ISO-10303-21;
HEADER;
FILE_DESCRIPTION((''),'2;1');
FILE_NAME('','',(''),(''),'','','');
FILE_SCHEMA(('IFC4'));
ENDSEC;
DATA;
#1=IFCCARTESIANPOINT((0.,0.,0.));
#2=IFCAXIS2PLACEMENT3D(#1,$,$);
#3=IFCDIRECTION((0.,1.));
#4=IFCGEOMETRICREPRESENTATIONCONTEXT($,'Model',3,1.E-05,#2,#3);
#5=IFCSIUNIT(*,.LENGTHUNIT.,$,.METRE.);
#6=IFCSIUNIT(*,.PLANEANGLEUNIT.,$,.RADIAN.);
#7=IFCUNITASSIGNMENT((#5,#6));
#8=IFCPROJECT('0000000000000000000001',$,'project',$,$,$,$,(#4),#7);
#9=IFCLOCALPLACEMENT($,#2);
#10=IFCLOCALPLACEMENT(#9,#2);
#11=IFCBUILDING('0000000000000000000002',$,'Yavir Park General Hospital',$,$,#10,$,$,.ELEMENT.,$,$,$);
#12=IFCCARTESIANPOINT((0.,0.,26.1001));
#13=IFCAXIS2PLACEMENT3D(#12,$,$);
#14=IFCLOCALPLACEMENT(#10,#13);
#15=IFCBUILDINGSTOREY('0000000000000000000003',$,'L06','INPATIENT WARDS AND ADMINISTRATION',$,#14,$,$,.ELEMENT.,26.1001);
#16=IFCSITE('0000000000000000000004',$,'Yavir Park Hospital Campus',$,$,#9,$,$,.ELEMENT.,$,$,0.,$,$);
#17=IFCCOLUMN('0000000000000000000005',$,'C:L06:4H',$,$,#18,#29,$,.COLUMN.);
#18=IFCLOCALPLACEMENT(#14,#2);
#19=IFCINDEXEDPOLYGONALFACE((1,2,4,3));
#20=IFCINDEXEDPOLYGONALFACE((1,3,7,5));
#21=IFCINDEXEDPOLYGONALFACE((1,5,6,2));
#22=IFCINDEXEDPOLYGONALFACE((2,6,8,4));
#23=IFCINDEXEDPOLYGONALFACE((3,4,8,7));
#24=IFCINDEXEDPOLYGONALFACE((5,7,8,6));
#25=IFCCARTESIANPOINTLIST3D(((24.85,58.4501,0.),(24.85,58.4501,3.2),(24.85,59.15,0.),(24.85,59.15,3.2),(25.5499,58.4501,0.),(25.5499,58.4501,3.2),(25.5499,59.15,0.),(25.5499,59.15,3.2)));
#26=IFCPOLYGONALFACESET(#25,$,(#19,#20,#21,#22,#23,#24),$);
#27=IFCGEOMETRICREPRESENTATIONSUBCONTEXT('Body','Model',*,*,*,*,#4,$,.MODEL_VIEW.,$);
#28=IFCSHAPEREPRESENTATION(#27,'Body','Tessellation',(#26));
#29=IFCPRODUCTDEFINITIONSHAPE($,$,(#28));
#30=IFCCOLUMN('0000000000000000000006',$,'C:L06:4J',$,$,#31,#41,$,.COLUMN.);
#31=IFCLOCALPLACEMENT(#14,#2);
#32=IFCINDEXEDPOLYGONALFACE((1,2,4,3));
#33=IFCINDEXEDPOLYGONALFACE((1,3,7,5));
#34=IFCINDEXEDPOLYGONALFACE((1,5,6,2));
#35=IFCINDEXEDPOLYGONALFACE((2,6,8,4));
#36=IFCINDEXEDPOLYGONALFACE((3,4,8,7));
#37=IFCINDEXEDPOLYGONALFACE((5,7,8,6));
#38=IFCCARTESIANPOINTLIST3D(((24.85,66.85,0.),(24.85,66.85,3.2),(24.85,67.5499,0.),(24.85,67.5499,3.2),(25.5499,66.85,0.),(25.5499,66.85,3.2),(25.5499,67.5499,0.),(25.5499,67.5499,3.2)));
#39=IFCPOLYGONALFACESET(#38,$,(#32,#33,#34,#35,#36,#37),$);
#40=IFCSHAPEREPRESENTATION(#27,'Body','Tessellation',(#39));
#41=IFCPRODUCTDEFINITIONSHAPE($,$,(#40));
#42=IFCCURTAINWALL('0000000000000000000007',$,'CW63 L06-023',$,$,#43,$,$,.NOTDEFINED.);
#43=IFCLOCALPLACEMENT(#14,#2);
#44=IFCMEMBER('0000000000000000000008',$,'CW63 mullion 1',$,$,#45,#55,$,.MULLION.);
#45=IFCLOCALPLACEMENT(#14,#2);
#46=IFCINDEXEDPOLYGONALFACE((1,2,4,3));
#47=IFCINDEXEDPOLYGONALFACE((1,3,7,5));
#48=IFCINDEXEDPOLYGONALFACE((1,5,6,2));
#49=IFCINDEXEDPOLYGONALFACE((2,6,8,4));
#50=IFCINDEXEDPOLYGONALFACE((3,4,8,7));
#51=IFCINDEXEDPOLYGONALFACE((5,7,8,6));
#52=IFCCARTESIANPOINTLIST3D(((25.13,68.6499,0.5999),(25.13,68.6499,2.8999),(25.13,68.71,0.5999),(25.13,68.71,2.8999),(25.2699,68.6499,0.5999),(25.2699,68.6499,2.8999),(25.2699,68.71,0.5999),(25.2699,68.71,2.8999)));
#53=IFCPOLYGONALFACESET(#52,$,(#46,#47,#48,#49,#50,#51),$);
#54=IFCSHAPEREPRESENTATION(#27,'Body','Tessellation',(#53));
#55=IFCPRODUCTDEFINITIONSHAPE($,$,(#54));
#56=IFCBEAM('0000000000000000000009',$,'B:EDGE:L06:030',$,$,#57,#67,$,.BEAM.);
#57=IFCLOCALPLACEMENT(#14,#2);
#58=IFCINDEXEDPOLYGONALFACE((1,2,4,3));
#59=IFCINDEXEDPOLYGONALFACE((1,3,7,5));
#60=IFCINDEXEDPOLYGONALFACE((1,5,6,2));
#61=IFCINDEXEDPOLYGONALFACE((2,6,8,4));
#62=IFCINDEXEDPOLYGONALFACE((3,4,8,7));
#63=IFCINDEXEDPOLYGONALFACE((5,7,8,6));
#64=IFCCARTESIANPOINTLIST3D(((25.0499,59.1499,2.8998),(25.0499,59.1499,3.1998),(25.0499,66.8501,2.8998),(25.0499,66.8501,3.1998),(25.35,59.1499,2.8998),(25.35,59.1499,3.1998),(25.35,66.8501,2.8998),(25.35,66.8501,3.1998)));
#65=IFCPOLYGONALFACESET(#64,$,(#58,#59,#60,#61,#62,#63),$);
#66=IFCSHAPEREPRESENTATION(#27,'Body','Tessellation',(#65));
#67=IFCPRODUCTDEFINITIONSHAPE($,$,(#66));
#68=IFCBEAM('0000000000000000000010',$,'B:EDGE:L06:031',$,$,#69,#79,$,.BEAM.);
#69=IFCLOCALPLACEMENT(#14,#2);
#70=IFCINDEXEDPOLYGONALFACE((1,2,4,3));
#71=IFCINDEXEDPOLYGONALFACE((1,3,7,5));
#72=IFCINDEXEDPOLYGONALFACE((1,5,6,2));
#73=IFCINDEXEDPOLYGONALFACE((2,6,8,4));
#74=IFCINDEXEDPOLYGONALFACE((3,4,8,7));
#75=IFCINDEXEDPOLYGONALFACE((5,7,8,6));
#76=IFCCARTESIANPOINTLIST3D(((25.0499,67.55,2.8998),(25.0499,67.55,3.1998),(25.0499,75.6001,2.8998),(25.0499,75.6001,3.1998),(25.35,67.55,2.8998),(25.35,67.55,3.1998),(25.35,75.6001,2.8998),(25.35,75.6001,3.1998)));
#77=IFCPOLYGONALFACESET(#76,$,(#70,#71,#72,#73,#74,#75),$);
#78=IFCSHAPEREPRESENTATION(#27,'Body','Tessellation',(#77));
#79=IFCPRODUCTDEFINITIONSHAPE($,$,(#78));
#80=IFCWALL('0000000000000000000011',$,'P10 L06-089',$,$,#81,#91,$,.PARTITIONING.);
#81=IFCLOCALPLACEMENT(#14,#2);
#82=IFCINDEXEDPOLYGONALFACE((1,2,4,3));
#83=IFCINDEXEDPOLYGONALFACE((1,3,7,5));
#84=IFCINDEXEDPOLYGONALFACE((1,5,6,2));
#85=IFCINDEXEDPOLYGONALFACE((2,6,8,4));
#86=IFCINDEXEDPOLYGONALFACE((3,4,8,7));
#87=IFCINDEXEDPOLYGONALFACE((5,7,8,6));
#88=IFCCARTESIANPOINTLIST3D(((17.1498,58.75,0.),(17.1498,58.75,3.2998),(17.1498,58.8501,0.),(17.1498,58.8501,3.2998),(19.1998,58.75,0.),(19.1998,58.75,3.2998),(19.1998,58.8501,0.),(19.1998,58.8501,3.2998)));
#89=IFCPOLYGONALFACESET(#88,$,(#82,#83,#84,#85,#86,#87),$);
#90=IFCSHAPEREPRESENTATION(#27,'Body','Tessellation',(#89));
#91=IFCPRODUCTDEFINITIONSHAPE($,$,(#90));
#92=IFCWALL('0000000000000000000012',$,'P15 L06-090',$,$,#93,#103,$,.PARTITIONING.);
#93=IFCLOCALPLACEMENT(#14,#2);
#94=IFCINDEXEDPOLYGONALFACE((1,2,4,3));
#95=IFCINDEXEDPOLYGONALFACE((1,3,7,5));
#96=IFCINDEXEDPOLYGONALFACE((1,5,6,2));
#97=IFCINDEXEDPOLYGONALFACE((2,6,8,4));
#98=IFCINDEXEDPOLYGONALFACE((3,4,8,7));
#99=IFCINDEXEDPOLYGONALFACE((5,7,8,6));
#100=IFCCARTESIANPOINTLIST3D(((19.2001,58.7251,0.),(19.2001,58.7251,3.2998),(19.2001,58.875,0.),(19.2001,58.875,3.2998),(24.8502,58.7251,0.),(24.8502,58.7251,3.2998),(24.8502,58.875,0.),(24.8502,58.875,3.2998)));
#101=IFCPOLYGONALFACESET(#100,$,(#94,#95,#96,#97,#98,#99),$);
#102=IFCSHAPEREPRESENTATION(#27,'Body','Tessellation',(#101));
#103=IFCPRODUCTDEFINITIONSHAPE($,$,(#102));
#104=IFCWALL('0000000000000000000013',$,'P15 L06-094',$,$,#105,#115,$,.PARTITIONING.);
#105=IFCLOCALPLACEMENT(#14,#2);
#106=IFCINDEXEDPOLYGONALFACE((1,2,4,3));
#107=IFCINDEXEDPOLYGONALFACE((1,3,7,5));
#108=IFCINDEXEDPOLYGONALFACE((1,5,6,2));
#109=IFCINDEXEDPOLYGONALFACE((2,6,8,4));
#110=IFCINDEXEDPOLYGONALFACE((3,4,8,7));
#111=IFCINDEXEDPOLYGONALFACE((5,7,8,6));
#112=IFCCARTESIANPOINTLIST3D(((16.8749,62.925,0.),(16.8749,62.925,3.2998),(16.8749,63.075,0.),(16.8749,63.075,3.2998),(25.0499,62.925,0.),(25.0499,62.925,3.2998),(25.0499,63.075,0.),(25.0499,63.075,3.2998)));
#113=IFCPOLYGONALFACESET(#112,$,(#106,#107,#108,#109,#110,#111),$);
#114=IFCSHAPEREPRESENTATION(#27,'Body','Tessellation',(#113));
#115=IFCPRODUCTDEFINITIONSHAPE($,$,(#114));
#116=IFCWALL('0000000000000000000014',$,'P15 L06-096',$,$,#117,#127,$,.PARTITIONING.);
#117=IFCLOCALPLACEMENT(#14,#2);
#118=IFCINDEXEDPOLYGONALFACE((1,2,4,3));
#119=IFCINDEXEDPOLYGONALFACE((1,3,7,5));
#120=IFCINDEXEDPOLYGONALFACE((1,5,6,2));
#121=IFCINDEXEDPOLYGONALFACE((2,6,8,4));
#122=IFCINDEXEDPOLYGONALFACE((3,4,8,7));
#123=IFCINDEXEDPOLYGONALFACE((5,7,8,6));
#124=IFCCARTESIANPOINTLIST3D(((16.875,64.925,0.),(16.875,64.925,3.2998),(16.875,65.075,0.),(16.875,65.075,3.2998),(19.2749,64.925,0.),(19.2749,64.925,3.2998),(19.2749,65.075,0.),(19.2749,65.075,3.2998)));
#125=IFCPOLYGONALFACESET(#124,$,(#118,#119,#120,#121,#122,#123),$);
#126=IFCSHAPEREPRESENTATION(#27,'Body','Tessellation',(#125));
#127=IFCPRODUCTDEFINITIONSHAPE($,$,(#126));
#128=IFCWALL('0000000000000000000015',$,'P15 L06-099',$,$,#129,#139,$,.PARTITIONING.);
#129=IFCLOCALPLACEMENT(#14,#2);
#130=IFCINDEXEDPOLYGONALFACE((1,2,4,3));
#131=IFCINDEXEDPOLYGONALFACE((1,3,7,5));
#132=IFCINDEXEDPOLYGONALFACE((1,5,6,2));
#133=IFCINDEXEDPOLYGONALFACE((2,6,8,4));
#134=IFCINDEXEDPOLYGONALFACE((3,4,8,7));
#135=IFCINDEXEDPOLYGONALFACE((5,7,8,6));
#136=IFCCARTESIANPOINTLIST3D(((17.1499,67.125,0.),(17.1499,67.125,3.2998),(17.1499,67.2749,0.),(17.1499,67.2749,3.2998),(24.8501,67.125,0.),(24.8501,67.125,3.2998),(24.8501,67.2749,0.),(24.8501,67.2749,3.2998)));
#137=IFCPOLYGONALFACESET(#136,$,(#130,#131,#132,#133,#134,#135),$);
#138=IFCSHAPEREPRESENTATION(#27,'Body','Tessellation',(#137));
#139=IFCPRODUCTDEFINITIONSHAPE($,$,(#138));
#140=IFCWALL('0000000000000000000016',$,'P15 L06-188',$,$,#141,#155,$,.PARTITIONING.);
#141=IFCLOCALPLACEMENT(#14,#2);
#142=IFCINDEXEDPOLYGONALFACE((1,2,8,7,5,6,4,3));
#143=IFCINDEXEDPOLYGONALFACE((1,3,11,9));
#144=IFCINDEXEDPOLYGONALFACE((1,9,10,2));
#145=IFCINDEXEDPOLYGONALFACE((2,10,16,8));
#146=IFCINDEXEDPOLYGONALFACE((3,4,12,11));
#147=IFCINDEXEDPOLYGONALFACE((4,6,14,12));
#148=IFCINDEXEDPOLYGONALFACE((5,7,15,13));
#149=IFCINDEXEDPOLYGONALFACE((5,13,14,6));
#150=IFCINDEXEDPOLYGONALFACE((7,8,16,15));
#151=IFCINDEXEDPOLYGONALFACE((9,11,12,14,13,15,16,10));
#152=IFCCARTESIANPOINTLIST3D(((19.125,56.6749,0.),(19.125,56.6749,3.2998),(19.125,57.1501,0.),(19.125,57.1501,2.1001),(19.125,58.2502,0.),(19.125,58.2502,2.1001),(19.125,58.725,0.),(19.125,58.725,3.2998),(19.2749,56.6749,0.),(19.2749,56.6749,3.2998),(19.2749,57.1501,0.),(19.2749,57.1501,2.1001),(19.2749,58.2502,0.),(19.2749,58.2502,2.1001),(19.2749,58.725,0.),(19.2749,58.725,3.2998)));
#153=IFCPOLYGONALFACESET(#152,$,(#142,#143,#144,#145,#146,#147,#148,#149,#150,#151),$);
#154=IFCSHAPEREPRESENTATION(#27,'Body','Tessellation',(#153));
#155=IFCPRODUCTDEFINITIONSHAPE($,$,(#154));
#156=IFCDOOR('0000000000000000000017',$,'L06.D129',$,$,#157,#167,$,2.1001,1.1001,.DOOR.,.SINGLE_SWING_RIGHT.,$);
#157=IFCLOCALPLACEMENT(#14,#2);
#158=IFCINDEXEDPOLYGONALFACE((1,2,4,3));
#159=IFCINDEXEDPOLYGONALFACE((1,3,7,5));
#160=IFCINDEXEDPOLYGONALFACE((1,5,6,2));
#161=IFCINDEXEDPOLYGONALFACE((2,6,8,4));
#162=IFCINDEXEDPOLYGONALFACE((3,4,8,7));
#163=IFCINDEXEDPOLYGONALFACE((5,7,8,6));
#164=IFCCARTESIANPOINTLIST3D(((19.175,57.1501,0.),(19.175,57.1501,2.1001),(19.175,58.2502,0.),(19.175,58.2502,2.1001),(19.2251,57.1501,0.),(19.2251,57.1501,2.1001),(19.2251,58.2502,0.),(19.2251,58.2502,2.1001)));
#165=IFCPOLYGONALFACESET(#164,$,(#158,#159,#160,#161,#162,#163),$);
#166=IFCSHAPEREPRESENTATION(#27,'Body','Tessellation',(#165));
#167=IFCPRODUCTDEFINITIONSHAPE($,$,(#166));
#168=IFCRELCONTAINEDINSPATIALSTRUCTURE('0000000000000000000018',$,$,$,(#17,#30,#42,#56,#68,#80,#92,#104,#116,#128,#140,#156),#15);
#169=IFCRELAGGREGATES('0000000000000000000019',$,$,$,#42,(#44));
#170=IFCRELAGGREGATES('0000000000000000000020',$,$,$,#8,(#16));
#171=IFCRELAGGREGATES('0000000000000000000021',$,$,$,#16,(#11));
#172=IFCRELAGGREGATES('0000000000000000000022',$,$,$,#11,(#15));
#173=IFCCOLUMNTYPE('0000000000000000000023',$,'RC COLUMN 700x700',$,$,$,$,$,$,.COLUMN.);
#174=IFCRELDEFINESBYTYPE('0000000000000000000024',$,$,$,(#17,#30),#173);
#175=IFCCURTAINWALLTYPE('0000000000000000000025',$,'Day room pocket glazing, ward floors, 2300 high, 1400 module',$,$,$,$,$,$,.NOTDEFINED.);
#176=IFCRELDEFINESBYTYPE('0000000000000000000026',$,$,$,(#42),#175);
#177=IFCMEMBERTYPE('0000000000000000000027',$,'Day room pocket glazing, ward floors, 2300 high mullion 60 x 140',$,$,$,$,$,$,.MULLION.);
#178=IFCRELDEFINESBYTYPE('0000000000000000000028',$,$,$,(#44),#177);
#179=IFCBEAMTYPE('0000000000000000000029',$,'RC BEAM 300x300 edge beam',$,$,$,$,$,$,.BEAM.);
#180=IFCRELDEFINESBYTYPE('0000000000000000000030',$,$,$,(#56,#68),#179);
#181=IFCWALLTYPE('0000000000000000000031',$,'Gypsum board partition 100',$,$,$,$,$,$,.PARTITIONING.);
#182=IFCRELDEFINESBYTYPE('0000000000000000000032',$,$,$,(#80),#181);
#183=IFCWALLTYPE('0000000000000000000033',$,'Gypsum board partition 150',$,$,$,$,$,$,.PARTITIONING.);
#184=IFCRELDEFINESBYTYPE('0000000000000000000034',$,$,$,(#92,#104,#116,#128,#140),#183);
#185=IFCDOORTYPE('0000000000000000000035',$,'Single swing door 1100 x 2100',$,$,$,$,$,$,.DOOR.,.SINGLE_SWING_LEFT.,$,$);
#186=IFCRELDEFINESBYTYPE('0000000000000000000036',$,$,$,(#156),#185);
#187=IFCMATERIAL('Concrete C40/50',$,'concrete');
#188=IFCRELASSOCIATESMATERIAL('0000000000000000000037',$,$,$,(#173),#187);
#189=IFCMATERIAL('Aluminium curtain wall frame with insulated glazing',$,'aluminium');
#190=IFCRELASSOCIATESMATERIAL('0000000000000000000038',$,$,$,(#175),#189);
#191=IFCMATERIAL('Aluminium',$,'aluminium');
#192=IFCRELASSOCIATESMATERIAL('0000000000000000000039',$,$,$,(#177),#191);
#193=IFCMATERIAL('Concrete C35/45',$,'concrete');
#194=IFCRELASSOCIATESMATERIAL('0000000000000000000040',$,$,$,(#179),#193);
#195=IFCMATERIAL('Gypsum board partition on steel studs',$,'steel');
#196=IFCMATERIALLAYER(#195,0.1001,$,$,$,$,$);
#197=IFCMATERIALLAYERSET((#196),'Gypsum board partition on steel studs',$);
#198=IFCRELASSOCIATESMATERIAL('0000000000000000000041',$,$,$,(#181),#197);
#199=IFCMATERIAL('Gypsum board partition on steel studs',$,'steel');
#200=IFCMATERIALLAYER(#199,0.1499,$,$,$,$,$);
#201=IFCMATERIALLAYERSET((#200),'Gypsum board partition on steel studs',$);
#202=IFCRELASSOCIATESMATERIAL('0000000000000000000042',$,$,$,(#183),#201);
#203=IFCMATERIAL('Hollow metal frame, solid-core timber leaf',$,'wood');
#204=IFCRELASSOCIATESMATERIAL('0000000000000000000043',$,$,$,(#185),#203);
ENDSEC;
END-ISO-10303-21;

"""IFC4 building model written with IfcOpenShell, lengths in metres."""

from ifc_helpers import new_model, si_unit, direction, frame, frame_2d, origin, origin_2d, place, context, subcontext, project, spatial, rectangle, extrude, material, layer, layer_set, material_profile, profile_set, type_object, element, fill, aggregate, save


model = new_model("IFC4")

# Units and contexts
model_context = context("Model", 3, precision=1e-05, world=origin(), true_north=direction((0.0, 1.0)))
body_context = subcontext(model_context, "Body", "Model", "MODEL_VIEW")
ifc_project = project(units=[si_unit("LENGTHUNIT", "METRE"), si_unit("PLANEANGLEUNIT", "RADIAN")], contexts=[model_context])

# Site, building, storey
site_placement = place(None, origin())
site = spatial("IfcSite", under=ifc_project, at=site_placement, Name="Yavir Park Hospital Campus", CompositionType="ELEMENT", RefElevation=0.0)
building_placement = place(site_placement, origin())
building = spatial("IfcBuilding", under=site, at=building_placement, Name="Yavir Park General Hospital", CompositionType="ELEMENT")
storey_placement = place(building_placement, frame((0.0, 0.0, 26.1001)))
storey = spatial("IfcBuildingStorey", under=building, at=storey_placement, Name="L06", Description="INPATIENT WARDS AND ADMINISTRATION", CompositionType="ELEMENT", Elevation=26.1001)

# Columns
ifc_material_1 = material(Name="Concrete C40/50", Category="concrete")
ifc_material_profile_1 = material_profile(ifc_material_1, rectangle(XDim=0.7, YDim=0.7, at=origin_2d()), Name="RC700x700")
ifc_profile_set_1 = profile_set([ifc_material_profile_1], Name="Concrete C40/50")
column_type = type_object("IfcColumnType", Name="RC COLUMN 700x700", PredefinedType="COLUMN", material=ifc_profile_set_1)
for number, where, z_axis, x_axis, name in (
    (1, (25.2, 58.8, 0.0), (0.0, 0.0, 1.0), (1.0, 0.0, 0.0), "C:L06:4H"),
    (2, (25.2, 67.2, 0.0), (0.0, 0.0, 1.0), (1.0, 0.0, 0.0), "C:L06:4J"),
):
    element("IfcColumn", number, at=place(storey_placement, frame(where, z_axis=z_axis, x_axis=x_axis)), inside=storey, type_object=column_type, Name=name, PredefinedType="COLUMN", context=body_context, shape_type="SweptSolid", body=[
        extrude(rectangle(XDim=0.7, YDim=0.7, at=origin_2d()), origin(), (0.0, 0.0, 1.0), 3.2),
    ])

# Curtain wall, member
ifc_material_2 = material(Name="Aluminium curtain wall frame with insulated glazing", Category="aluminium")
curtain_wall_type = type_object("IfcCurtainWallType", Name="Day room pocket glazing, ward floors, 2300 high, 1400 module", PredefinedType="NOTDEFINED", material=ifc_material_2)
curtain_wall_placement = place(storey_placement, origin())
curtain_wall = element("IfcCurtainWall", 3, at=curtain_wall_placement, inside=storey, type_object=curtain_wall_type, Name="CW63 L06-023", PredefinedType="NOTDEFINED")
ifc_material_3 = material(Name="Aluminium", Category="aluminium")
ifc_material_profile_2 = material_profile(ifc_material_3, rectangle(XDim=0.1399, YDim=0.0601, at=origin_2d()), Name="AL 60x140")
ifc_profile_set_2 = profile_set([ifc_material_profile_2], Name="Aluminium")
member_type = type_object("IfcMemberType", Name="Day room pocket glazing, ward floors, 2300 high mullion 60 x 140", PredefinedType="MULLION", material=ifc_profile_set_2)
member_placement = place(storey_placement, frame((25.2, 68.6799, 0.5999), z_axis=(0.0, 0.0, 1.0), x_axis=(-1.0, 0.0, 0.0)))
member = element("IfcMember", 4, at=member_placement, type_object=member_type, Name="CW63 mullion 1", PredefinedType="MULLION", context=body_context, shape_type="SweptSolid", body=[
    extrude(rectangle(XDim=0.1399, YDim=0.0601, at=origin_2d()), origin(), (0.0, 0.0, 1.0), 2.3),
])
aggregate(curtain_wall, [member])

# Beams
ifc_material_4 = material(Name="Concrete C35/45", Category="concrete")
ifc_material_profile_3 = material_profile(ifc_material_4, rectangle(XDim=0.3, YDim=0.3, at=origin_2d()), Name="RC300x300")
ifc_profile_set_3 = profile_set([ifc_material_profile_3], Name="Concrete C35/45")
beam_type = type_object("IfcBeamType", Name="RC BEAM 300x300 edge beam", PredefinedType="BEAM", material=ifc_profile_set_3)
beam_1_placement = place(storey_placement, frame((25.2, 59.1499, 3.0498), z_axis=(0.0, 1.0, 0.0), x_axis=(-1.0, 0.0, 0.0)))
element("IfcBeam", 5, at=beam_1_placement, inside=storey, type_object=beam_type, Name="B:EDGE:L06:030", PredefinedType="BEAM", context=body_context, shape_type="SweptSolid", body=[
    extrude(rectangle(XDim=0.3, YDim=0.3, at=origin_2d()), origin(), (0.0, 0.0, 1.0), 7.7002),
])
beam_2_placement = place(storey_placement, frame((25.2, 67.55, 3.0498), z_axis=(0.0, 1.0, 0.0), x_axis=(-1.0, 0.0, 0.0)))
element("IfcBeam", 6, at=beam_2_placement, inside=storey, type_object=beam_type, Name="B:EDGE:L06:031", PredefinedType="BEAM", context=body_context, shape_type="SweptSolid", body=[
    extrude(rectangle(XDim=0.3, YDim=0.3, at=origin_2d()), origin(), (0.0, 0.0, 1.0), 8.05),
])

# Walls
ifc_material_5 = material(Name="Gypsum board partition on steel studs", Category="steel")
ifc_layer_1 = layer(ifc_material_5, 0.1001)
ifc_layer_set_1 = layer_set([ifc_layer_1], Name="Gypsum board partition on steel studs")
wall_type_1 = type_object("IfcWallType", Name="Gypsum board partition 100", PredefinedType="PARTITIONING", material=ifc_layer_set_1)
wall_1_placement = place(storey_placement, frame((17.1499, 58.8, 0.0), z_axis=(0.0, 0.0, 1.0), x_axis=(1.0, 0.0, 0.0)))
element("IfcWall", 7, at=wall_1_placement, inside=storey, type_object=wall_type_1, Name="P10 L06-089", PredefinedType="PARTITIONING", context=body_context, shape_type="SweptSolid", body=[
    extrude(rectangle(XDim=2.05, YDim=0.1001, at=frame_2d((1.0249, 0.0))), origin(), (0.0, 0.0, 1.0), 3.2998),
])
ifc_material_6 = material(Name="Gypsum board partition on steel studs", Category="steel")
ifc_layer_2 = layer(ifc_material_6, 0.1499)
ifc_layer_set_2 = layer_set([ifc_layer_2], Name="Gypsum board partition on steel studs")
wall_type_2 = type_object("IfcWallType", Name="Gypsum board partition 150", PredefinedType="PARTITIONING", material=ifc_layer_set_2)
wall_2_placement = place(storey_placement, frame((19.2, 58.8, 0.0), z_axis=(0.0, 0.0, 1.0), x_axis=(1.0, 0.0, 0.0)))
element("IfcWall", 8, at=wall_2_placement, inside=storey, type_object=wall_type_2, Name="P15 L06-090", PredefinedType="PARTITIONING", context=body_context, shape_type="SweptSolid", body=[
    extrude(rectangle(XDim=5.6501, YDim=0.1499, at=frame_2d((2.8252, 0.0))), origin(), (0.0, 0.0, 1.0), 3.2998),
])
wall_3_placement = place(storey_placement, frame((16.875, 63.0, 0.0), z_axis=(0.0, 0.0, 1.0), x_axis=(1.0, 0.0, 0.0)))
element("IfcWall", 9, at=wall_3_placement, inside=storey, type_object=wall_type_2, Name="P15 L06-094", PredefinedType="PARTITIONING", context=body_context, shape_type="SweptSolid", body=[
    extrude(rectangle(XDim=8.175, YDim=0.1499, at=frame_2d((4.0874, 0.0))), origin(), (0.0, 0.0, 1.0), 3.2998),
])
wall_4_placement = place(storey_placement, frame((16.875, 65.0, 0.0), z_axis=(0.0, 0.0, 1.0), x_axis=(1.0, 0.0, 0.0)))
element("IfcWall", 10, at=wall_4_placement, inside=storey, type_object=wall_type_2, Name="P15 L06-096", PredefinedType="PARTITIONING", context=body_context, shape_type="SweptSolid", body=[
    extrude(rectangle(XDim=2.3999, YDim=0.1499, at=frame_2d((1.2, 0.0))), origin(), (0.0, 0.0, 1.0), 3.2998),
])
wall_5_placement = place(storey_placement, frame((17.1499, 67.2, 0.0), z_axis=(0.0, 0.0, 1.0), x_axis=(1.0, 0.0, 0.0)))
element("IfcWall", 11, at=wall_5_placement, inside=storey, type_object=wall_type_2, Name="P15 L06-099", PredefinedType="PARTITIONING", context=body_context, shape_type="SweptSolid", body=[
    extrude(rectangle(XDim=7.7002, YDim=0.1499, at=frame_2d((3.8501, 0.0))), origin(), (0.0, 0.0, 1.0), 3.2998),
])

# Wall, opening, door
wall_6_placement = place(storey_placement, frame((19.2, 56.675, 0.0), z_axis=(0.0, 0.0, 1.0), x_axis=(0.0, 1.0, 0.0)))
wall_6 = element("IfcWall", 12, at=wall_6_placement, inside=storey, type_object=wall_type_2, Name="P15 L06-188", PredefinedType="PARTITIONING", context=body_context, shape_type="SweptSolid", body=[
    extrude(rectangle(XDim=2.05, YDim=0.1499, at=frame_2d((1.0249, 0.0))), origin(), (0.0, 0.0, 1.0), 3.2998),
])
opening_1_placement = place(wall_6_placement, frame((0.4751, 0.0, 0.0)))
opening_1 = element("IfcOpeningElement", 13, at=opening_1_placement, cuts=wall_6, PredefinedType="OPENING", context=body_context, shape_type="SweptSolid", body=[
    extrude(rectangle(XDim=1.1001, YDim=2.1001, at=frame_2d((0.55, 1.05))), frame((0.0, 0.085, 0.0), z_axis=(0.0, -1.0, 0.0), x_axis=(1.0, 0.0, 0.0)), (0.0, 0.0, 1.0), 0.1699),
])
ifc_material_7 = material(Name="Hollow metal frame, solid-core timber leaf", Category="wood")
door_type = type_object("IfcDoorType", Name="Single swing door 1100 x 2100", OperationType="SINGLE_SWING_LEFT", PredefinedType="DOOR", material=ifc_material_7)
door_1_placement = place(opening_1_placement, origin())
door_1 = element("IfcDoor", 14, at=door_1_placement, inside=storey, type_object=door_type, Name="L06.D129", OperationType="SINGLE_SWING_RIGHT", OverallHeight=2.1001, OverallWidth=1.1001, PredefinedType="DOOR", context=body_context, shape_type="SweptSolid", body=[
    extrude(rectangle(XDim=1.1001, YDim=2.1001, at=frame_2d((0.55, 1.05))), frame((0.0, 0.0249, 0.0), z_axis=(0.0, -1.0, 0.0), x_axis=(1.0, 0.0, 0.0)), (0.0, 0.0, 1.0), 0.05),
])
fill(opening_1, door_1)

save(model, "model.ifc")
